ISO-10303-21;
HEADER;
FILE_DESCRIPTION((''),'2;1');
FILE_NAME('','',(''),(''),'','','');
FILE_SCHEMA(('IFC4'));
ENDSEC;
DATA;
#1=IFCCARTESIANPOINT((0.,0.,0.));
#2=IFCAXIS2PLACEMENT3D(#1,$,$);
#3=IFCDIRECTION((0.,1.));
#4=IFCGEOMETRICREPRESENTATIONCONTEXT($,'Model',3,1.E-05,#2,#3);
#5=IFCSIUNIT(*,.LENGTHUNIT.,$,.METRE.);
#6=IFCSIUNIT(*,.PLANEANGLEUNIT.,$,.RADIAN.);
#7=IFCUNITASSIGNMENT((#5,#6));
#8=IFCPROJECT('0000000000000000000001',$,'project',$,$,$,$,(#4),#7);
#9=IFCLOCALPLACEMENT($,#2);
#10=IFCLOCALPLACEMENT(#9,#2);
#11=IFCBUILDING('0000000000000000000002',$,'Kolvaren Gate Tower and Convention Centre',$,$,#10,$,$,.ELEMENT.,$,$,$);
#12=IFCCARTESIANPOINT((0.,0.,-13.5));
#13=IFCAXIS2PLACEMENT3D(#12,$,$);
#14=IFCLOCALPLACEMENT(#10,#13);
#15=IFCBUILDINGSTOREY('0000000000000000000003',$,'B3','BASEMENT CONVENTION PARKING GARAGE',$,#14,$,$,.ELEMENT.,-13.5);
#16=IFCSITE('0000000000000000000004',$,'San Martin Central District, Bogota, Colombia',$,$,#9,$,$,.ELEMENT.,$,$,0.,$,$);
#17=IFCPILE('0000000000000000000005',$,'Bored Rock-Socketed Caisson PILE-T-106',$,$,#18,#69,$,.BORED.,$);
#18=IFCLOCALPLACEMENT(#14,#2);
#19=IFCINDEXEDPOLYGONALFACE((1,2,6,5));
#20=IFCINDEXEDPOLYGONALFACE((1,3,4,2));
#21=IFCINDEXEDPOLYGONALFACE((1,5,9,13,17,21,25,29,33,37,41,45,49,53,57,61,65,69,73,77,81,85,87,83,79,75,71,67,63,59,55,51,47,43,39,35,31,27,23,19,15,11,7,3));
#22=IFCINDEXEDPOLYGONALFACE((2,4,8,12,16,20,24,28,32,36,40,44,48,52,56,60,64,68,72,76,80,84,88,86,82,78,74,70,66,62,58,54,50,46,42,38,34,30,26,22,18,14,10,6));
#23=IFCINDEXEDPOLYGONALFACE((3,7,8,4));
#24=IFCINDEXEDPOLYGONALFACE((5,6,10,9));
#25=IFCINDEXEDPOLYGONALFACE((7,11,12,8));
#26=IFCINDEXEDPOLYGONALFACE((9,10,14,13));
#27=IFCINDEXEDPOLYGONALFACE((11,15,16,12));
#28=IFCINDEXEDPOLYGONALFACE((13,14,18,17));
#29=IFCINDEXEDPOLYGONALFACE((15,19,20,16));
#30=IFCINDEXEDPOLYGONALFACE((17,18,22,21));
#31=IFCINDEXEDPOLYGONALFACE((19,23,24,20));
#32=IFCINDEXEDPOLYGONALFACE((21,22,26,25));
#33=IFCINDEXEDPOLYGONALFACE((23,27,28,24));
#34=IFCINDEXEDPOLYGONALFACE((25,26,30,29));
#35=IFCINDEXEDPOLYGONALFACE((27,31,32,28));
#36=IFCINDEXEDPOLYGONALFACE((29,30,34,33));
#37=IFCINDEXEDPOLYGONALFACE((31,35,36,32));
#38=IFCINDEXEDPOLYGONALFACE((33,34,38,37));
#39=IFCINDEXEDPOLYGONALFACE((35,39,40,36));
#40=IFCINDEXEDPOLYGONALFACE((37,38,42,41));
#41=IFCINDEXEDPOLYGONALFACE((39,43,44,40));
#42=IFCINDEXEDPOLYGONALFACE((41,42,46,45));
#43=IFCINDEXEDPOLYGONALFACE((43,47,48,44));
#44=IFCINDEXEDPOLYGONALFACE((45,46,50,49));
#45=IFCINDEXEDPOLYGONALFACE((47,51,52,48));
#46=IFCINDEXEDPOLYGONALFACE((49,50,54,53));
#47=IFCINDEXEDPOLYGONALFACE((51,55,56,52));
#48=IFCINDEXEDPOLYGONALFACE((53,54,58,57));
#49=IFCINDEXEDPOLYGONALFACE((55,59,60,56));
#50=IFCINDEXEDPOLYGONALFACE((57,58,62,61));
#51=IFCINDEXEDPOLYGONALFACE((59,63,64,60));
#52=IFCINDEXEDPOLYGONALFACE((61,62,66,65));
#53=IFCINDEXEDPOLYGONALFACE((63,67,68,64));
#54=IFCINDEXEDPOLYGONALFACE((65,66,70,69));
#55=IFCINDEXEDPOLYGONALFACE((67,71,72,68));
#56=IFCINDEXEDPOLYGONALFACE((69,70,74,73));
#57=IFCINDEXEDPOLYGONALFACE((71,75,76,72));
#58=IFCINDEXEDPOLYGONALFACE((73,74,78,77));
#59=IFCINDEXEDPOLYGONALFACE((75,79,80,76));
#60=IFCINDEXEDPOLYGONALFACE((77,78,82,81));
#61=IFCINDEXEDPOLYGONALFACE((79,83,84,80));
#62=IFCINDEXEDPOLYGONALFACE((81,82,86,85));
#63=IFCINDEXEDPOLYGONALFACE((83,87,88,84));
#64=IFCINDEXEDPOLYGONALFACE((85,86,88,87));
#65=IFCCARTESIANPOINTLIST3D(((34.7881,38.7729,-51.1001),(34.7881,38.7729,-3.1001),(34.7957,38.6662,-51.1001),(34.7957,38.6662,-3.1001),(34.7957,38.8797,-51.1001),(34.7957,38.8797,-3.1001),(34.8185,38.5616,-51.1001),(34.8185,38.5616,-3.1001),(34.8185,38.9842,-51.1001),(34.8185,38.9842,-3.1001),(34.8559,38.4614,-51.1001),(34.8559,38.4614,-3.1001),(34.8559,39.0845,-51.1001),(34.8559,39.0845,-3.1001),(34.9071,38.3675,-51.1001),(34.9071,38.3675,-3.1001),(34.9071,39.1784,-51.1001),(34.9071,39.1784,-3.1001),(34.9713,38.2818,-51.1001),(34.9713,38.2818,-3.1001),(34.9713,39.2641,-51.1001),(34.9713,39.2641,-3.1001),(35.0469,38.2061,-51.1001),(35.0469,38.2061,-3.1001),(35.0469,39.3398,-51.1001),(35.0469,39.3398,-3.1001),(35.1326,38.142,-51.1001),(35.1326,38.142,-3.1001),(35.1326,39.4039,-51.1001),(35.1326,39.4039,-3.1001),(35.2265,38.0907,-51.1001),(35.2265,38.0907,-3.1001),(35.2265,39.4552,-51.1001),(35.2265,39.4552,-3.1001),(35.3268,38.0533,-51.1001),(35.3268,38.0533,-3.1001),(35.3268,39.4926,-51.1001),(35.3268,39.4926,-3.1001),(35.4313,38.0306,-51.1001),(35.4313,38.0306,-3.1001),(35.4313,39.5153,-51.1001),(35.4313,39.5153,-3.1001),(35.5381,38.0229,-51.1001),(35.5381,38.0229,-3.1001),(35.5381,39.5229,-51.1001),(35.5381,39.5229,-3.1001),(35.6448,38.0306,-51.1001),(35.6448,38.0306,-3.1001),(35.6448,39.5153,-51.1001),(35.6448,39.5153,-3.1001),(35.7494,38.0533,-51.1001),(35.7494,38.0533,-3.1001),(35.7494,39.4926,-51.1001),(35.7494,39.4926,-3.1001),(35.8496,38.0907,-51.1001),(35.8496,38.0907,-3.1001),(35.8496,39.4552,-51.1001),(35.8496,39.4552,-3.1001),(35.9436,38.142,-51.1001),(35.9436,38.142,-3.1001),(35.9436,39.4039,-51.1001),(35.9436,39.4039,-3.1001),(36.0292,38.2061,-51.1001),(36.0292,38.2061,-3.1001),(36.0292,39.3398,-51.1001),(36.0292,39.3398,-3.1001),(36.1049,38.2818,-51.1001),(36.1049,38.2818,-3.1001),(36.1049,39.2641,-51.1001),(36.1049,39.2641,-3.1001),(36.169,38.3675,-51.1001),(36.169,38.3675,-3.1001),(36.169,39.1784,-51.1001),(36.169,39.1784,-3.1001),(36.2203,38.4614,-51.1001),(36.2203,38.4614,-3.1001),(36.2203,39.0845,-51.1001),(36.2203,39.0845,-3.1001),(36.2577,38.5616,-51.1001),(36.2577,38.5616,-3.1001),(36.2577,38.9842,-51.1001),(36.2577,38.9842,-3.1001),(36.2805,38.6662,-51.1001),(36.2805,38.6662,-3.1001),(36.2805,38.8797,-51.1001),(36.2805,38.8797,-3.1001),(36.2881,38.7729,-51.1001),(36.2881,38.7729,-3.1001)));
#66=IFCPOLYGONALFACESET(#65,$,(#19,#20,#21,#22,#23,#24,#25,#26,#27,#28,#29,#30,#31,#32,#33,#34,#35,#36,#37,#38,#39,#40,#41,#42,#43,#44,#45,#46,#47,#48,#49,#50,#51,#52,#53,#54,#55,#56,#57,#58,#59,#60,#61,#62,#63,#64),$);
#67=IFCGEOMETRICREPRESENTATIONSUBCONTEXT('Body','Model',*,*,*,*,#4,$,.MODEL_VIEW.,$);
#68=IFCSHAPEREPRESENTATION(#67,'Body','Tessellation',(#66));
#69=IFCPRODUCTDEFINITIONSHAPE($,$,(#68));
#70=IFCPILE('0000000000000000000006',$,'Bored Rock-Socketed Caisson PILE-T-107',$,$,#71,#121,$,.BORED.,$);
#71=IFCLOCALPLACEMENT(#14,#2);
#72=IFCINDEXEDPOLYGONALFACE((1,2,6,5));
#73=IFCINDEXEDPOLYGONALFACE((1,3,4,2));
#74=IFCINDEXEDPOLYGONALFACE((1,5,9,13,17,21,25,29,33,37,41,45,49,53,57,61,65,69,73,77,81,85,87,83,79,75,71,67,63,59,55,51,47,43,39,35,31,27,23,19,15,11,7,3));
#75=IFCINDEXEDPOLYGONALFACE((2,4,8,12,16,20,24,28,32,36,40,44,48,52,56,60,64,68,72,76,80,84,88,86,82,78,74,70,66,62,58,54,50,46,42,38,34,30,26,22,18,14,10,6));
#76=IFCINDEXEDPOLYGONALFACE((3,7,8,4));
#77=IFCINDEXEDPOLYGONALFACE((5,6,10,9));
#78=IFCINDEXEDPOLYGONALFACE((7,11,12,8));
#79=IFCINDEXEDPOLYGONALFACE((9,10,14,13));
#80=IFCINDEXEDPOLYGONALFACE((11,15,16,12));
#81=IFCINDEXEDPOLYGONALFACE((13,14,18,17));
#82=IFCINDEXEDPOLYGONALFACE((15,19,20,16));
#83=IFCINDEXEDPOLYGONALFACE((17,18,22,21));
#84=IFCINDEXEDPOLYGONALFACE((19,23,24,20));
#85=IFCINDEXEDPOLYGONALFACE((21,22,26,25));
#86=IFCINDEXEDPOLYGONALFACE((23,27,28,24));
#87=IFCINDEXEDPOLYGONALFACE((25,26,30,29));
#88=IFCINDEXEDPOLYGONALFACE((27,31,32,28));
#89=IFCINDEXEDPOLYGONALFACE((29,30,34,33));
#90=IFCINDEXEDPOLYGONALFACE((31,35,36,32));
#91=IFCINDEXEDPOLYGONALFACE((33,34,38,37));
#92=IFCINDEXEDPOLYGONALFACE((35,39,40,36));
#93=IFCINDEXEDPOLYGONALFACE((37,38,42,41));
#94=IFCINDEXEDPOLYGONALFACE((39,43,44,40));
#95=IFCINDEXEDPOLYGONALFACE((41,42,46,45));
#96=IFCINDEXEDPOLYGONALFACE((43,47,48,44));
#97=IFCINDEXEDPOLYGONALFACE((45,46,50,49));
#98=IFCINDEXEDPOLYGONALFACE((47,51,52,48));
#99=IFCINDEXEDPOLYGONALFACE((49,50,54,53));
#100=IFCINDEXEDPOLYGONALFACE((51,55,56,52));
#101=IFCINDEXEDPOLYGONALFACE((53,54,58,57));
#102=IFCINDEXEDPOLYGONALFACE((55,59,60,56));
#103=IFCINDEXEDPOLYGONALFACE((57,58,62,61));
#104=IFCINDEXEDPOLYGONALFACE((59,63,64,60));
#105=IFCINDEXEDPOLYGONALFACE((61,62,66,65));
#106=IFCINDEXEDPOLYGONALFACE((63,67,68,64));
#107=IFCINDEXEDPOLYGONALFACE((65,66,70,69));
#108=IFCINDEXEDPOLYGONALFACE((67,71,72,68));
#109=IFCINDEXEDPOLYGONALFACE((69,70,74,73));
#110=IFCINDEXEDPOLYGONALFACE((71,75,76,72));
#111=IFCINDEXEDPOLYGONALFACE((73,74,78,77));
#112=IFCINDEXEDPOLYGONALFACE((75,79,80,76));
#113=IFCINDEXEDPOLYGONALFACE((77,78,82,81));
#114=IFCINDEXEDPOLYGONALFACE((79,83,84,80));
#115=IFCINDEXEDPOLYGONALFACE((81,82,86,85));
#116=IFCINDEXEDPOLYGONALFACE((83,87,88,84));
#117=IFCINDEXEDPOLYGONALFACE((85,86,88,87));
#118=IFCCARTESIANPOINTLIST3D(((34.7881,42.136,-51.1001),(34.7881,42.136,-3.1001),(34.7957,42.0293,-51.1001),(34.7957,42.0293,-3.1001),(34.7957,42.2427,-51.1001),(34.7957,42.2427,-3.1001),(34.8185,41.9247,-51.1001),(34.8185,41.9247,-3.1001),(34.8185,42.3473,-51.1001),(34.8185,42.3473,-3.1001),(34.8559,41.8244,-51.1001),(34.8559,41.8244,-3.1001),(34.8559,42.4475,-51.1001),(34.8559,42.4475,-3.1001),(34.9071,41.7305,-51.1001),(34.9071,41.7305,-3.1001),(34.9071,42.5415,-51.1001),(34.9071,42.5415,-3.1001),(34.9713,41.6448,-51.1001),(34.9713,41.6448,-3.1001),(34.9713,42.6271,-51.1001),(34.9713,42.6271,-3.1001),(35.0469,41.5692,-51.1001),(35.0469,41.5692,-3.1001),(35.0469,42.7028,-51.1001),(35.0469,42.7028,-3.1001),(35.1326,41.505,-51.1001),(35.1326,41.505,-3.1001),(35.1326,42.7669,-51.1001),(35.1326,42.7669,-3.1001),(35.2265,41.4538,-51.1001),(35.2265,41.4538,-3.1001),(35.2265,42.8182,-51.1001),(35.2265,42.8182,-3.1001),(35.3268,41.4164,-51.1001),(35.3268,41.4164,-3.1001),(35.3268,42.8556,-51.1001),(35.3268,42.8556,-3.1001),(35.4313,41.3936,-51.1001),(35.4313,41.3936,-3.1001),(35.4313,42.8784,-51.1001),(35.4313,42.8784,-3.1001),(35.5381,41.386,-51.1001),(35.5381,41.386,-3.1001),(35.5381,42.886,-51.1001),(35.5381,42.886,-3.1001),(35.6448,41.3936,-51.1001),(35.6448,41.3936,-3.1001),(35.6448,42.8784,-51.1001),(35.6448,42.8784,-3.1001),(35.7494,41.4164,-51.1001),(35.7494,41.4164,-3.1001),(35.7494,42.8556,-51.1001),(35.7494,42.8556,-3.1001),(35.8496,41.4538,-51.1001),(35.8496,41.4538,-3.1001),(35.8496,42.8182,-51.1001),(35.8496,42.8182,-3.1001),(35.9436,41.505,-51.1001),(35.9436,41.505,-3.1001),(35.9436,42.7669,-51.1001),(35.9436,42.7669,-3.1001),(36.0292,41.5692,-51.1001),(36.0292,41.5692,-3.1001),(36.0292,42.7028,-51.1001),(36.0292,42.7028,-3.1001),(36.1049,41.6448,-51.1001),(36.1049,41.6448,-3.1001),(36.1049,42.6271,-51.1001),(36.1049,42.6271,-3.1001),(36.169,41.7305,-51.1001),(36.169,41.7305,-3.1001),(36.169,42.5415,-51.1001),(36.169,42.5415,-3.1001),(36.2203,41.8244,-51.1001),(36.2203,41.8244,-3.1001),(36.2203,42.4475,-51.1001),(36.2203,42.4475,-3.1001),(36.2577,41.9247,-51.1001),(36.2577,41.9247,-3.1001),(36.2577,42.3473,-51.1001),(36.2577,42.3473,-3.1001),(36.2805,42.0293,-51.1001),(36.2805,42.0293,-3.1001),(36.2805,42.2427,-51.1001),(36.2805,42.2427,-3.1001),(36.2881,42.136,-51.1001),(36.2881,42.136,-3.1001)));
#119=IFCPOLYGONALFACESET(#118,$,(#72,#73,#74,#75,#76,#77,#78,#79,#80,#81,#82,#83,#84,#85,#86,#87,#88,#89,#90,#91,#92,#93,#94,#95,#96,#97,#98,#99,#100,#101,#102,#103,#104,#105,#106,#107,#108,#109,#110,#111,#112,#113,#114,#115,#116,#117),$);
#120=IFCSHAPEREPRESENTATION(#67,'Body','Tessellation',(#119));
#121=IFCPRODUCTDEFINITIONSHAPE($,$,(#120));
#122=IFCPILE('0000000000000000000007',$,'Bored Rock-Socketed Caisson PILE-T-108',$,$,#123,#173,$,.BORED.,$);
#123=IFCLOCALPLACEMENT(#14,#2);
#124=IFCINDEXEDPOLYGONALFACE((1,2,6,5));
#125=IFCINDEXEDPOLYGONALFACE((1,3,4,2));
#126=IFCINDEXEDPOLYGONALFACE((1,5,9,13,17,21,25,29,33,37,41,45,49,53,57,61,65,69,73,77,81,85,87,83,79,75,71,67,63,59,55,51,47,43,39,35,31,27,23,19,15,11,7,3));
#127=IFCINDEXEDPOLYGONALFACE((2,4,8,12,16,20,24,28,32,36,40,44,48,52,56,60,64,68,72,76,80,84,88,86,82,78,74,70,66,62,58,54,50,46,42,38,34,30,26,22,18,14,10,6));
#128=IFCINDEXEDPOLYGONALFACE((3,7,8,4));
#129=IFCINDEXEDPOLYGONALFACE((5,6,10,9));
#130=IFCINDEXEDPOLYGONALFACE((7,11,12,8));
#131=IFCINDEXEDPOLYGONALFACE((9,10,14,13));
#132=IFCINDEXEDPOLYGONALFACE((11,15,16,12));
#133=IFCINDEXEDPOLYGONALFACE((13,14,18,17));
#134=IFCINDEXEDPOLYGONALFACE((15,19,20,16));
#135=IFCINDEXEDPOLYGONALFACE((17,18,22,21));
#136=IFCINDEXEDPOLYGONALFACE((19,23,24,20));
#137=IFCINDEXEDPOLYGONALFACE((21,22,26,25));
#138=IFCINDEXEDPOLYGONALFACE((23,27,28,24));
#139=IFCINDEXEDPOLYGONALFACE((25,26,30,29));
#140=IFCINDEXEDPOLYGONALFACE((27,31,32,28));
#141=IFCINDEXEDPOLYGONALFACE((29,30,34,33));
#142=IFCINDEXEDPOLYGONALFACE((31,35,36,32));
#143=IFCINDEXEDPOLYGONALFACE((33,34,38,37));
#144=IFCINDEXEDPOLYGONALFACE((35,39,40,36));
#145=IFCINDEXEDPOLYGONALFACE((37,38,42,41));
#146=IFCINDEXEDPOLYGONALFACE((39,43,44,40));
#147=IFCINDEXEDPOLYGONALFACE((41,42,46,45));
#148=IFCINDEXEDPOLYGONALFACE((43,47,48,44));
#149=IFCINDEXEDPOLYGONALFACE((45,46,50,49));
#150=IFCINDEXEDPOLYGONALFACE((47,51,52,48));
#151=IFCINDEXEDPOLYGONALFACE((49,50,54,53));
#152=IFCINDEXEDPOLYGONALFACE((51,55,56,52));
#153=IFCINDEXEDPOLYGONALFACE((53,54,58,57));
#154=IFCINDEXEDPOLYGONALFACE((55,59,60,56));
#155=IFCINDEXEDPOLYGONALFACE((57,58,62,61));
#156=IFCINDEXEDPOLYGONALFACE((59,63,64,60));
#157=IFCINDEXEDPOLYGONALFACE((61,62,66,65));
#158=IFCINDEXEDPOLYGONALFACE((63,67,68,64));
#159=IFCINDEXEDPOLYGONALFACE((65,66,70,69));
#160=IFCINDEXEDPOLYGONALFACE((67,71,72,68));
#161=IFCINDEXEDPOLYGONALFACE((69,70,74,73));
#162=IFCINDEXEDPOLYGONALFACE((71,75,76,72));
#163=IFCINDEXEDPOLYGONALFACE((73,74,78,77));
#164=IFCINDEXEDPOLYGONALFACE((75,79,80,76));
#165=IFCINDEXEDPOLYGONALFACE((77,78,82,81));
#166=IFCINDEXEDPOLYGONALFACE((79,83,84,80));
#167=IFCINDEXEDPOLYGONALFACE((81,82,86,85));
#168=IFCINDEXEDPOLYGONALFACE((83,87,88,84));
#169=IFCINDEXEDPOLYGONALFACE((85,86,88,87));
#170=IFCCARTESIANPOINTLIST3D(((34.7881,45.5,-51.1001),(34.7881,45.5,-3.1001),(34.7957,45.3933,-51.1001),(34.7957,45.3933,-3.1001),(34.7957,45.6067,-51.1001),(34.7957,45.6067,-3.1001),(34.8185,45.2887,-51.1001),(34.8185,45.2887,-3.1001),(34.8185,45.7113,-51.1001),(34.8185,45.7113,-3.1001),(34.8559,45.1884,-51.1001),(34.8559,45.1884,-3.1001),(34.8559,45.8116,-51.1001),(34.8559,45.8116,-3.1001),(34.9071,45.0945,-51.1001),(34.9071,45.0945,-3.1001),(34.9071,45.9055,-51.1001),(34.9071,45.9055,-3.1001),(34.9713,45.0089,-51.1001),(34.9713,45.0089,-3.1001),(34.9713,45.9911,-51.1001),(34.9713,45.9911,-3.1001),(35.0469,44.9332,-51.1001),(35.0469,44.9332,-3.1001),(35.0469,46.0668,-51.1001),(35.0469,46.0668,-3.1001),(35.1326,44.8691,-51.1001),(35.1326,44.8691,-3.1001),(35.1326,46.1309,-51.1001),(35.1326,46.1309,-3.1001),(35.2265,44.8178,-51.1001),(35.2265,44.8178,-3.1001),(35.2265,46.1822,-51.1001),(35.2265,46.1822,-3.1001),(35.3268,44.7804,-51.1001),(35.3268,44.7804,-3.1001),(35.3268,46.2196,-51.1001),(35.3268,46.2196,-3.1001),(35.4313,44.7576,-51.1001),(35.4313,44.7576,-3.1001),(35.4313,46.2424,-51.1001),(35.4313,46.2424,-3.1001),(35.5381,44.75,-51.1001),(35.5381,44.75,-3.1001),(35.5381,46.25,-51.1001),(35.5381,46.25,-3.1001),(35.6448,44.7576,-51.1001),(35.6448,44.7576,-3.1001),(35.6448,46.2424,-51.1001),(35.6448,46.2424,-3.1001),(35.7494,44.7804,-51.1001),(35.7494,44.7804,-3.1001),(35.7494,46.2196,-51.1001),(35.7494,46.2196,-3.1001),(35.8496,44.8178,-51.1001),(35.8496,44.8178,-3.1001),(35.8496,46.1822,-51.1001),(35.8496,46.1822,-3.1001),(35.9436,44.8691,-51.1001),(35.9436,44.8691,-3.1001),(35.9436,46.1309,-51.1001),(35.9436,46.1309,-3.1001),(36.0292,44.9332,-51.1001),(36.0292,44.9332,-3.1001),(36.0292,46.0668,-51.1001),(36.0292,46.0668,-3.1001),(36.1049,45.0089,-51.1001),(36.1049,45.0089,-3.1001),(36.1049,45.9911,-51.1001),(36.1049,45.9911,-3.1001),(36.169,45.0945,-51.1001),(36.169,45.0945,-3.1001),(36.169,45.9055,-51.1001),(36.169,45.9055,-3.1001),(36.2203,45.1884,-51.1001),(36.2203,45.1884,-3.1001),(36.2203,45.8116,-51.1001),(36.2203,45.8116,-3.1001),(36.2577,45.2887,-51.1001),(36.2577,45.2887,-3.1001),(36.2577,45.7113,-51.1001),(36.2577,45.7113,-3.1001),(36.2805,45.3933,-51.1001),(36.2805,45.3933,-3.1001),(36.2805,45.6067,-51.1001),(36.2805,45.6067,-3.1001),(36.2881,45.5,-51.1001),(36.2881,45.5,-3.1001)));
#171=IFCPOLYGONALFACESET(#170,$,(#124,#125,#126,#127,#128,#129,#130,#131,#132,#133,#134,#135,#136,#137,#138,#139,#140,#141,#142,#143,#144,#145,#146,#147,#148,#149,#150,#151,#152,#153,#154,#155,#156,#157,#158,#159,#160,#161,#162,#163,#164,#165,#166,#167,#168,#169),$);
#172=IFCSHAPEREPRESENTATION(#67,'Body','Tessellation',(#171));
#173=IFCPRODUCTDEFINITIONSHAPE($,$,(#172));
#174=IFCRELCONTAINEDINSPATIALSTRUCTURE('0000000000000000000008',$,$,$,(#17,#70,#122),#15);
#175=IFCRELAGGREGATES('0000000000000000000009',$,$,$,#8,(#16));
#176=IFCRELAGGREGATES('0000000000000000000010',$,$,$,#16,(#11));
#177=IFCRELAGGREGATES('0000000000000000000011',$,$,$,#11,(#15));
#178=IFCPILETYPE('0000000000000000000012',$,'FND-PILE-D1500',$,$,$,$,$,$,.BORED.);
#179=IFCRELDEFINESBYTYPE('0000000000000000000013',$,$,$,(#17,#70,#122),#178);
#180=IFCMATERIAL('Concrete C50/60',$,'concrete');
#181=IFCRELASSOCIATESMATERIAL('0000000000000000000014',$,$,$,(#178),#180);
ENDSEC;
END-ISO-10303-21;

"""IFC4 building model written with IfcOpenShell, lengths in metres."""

from ifc_helpers import new_model, si_unit, direction, frame, origin, origin_2d, place, context, subcontext, project, spatial, circle, extrude, material, material_profile, profile_set, type_object, element, save


model = new_model("IFC4")

# Units and contexts
model_context = context("Model", 3, precision=1e-05, world=origin(), true_north=direction((0.0, 1.0)))
body_context = subcontext(model_context, "Body", "Model", "MODEL_VIEW")
ifc_project = project(units=[si_unit("LENGTHUNIT", "METRE"), si_unit("PLANEANGLEUNIT", "RADIAN")], contexts=[model_context])

# Site, building, storey
site_placement = place(None, origin())
site = spatial("IfcSite", under=ifc_project, at=site_placement, Name="San Martin Central District, Bogota, Colombia", CompositionType="ELEMENT", RefElevation=0.0)
building_placement = place(site_placement, origin())
building = spatial("IfcBuilding", under=site, at=building_placement, Name="Kolvaren Gate Tower and Convention Centre", CompositionType="ELEMENT")
storey_placement = place(building_placement, frame((0.0, 0.0, -13.5)))
storey = spatial("IfcBuildingStorey", under=building, at=storey_placement, Name="B3", Description="BASEMENT CONVENTION PARKING GARAGE", CompositionType="ELEMENT", Elevation=-13.5)

# Shared definitions
ifc_material_1 = material(Name="Concrete C50/60", Category="concrete")

# Piles
ifc_material_profile_1 = material_profile(ifc_material_1, circle(Radius=0.75, at=origin_2d()), Name="CAISSON-D1500")
ifc_profile_set_1 = profile_set([ifc_material_profile_1], Name="Concrete C50/60")
pile_type = type_object("IfcPileType", Name="FND-PILE-D1500", PredefinedType="BORED", material=ifc_profile_set_1)
for number, where, z_axis, x_axis, name in (
    (1, (35.5381, 38.7729, -3.1001), (0.0, 0.0, -1.0), (1.0, 0.0, 0.0), "Bored Rock-Socketed Caisson PILE-T-106"),
    (2, (35.5381, 42.136, -3.1001), (0.0, 0.0, -1.0), (1.0, 0.0, 0.0), "Bored Rock-Socketed Caisson PILE-T-107"),
    (3, (35.5381, 45.5, -3.1001), (0.0, 0.0, -1.0), (1.0, 0.0, 0.0), "Bored Rock-Socketed Caisson PILE-T-108"),
):
    element("IfcPile", number, at=place(storey_placement, frame(where, z_axis=z_axis, x_axis=x_axis)), inside=storey, type_object=pile_type, Name=name, PredefinedType="BORED", context=body_context, shape_type="SweptSolid", body=[
        extrude(circle(Radius=0.75, at=origin_2d()), origin(), (0.0, 0.0, 1.0), 48.0),
    ])

save(model, "model.ifc")
